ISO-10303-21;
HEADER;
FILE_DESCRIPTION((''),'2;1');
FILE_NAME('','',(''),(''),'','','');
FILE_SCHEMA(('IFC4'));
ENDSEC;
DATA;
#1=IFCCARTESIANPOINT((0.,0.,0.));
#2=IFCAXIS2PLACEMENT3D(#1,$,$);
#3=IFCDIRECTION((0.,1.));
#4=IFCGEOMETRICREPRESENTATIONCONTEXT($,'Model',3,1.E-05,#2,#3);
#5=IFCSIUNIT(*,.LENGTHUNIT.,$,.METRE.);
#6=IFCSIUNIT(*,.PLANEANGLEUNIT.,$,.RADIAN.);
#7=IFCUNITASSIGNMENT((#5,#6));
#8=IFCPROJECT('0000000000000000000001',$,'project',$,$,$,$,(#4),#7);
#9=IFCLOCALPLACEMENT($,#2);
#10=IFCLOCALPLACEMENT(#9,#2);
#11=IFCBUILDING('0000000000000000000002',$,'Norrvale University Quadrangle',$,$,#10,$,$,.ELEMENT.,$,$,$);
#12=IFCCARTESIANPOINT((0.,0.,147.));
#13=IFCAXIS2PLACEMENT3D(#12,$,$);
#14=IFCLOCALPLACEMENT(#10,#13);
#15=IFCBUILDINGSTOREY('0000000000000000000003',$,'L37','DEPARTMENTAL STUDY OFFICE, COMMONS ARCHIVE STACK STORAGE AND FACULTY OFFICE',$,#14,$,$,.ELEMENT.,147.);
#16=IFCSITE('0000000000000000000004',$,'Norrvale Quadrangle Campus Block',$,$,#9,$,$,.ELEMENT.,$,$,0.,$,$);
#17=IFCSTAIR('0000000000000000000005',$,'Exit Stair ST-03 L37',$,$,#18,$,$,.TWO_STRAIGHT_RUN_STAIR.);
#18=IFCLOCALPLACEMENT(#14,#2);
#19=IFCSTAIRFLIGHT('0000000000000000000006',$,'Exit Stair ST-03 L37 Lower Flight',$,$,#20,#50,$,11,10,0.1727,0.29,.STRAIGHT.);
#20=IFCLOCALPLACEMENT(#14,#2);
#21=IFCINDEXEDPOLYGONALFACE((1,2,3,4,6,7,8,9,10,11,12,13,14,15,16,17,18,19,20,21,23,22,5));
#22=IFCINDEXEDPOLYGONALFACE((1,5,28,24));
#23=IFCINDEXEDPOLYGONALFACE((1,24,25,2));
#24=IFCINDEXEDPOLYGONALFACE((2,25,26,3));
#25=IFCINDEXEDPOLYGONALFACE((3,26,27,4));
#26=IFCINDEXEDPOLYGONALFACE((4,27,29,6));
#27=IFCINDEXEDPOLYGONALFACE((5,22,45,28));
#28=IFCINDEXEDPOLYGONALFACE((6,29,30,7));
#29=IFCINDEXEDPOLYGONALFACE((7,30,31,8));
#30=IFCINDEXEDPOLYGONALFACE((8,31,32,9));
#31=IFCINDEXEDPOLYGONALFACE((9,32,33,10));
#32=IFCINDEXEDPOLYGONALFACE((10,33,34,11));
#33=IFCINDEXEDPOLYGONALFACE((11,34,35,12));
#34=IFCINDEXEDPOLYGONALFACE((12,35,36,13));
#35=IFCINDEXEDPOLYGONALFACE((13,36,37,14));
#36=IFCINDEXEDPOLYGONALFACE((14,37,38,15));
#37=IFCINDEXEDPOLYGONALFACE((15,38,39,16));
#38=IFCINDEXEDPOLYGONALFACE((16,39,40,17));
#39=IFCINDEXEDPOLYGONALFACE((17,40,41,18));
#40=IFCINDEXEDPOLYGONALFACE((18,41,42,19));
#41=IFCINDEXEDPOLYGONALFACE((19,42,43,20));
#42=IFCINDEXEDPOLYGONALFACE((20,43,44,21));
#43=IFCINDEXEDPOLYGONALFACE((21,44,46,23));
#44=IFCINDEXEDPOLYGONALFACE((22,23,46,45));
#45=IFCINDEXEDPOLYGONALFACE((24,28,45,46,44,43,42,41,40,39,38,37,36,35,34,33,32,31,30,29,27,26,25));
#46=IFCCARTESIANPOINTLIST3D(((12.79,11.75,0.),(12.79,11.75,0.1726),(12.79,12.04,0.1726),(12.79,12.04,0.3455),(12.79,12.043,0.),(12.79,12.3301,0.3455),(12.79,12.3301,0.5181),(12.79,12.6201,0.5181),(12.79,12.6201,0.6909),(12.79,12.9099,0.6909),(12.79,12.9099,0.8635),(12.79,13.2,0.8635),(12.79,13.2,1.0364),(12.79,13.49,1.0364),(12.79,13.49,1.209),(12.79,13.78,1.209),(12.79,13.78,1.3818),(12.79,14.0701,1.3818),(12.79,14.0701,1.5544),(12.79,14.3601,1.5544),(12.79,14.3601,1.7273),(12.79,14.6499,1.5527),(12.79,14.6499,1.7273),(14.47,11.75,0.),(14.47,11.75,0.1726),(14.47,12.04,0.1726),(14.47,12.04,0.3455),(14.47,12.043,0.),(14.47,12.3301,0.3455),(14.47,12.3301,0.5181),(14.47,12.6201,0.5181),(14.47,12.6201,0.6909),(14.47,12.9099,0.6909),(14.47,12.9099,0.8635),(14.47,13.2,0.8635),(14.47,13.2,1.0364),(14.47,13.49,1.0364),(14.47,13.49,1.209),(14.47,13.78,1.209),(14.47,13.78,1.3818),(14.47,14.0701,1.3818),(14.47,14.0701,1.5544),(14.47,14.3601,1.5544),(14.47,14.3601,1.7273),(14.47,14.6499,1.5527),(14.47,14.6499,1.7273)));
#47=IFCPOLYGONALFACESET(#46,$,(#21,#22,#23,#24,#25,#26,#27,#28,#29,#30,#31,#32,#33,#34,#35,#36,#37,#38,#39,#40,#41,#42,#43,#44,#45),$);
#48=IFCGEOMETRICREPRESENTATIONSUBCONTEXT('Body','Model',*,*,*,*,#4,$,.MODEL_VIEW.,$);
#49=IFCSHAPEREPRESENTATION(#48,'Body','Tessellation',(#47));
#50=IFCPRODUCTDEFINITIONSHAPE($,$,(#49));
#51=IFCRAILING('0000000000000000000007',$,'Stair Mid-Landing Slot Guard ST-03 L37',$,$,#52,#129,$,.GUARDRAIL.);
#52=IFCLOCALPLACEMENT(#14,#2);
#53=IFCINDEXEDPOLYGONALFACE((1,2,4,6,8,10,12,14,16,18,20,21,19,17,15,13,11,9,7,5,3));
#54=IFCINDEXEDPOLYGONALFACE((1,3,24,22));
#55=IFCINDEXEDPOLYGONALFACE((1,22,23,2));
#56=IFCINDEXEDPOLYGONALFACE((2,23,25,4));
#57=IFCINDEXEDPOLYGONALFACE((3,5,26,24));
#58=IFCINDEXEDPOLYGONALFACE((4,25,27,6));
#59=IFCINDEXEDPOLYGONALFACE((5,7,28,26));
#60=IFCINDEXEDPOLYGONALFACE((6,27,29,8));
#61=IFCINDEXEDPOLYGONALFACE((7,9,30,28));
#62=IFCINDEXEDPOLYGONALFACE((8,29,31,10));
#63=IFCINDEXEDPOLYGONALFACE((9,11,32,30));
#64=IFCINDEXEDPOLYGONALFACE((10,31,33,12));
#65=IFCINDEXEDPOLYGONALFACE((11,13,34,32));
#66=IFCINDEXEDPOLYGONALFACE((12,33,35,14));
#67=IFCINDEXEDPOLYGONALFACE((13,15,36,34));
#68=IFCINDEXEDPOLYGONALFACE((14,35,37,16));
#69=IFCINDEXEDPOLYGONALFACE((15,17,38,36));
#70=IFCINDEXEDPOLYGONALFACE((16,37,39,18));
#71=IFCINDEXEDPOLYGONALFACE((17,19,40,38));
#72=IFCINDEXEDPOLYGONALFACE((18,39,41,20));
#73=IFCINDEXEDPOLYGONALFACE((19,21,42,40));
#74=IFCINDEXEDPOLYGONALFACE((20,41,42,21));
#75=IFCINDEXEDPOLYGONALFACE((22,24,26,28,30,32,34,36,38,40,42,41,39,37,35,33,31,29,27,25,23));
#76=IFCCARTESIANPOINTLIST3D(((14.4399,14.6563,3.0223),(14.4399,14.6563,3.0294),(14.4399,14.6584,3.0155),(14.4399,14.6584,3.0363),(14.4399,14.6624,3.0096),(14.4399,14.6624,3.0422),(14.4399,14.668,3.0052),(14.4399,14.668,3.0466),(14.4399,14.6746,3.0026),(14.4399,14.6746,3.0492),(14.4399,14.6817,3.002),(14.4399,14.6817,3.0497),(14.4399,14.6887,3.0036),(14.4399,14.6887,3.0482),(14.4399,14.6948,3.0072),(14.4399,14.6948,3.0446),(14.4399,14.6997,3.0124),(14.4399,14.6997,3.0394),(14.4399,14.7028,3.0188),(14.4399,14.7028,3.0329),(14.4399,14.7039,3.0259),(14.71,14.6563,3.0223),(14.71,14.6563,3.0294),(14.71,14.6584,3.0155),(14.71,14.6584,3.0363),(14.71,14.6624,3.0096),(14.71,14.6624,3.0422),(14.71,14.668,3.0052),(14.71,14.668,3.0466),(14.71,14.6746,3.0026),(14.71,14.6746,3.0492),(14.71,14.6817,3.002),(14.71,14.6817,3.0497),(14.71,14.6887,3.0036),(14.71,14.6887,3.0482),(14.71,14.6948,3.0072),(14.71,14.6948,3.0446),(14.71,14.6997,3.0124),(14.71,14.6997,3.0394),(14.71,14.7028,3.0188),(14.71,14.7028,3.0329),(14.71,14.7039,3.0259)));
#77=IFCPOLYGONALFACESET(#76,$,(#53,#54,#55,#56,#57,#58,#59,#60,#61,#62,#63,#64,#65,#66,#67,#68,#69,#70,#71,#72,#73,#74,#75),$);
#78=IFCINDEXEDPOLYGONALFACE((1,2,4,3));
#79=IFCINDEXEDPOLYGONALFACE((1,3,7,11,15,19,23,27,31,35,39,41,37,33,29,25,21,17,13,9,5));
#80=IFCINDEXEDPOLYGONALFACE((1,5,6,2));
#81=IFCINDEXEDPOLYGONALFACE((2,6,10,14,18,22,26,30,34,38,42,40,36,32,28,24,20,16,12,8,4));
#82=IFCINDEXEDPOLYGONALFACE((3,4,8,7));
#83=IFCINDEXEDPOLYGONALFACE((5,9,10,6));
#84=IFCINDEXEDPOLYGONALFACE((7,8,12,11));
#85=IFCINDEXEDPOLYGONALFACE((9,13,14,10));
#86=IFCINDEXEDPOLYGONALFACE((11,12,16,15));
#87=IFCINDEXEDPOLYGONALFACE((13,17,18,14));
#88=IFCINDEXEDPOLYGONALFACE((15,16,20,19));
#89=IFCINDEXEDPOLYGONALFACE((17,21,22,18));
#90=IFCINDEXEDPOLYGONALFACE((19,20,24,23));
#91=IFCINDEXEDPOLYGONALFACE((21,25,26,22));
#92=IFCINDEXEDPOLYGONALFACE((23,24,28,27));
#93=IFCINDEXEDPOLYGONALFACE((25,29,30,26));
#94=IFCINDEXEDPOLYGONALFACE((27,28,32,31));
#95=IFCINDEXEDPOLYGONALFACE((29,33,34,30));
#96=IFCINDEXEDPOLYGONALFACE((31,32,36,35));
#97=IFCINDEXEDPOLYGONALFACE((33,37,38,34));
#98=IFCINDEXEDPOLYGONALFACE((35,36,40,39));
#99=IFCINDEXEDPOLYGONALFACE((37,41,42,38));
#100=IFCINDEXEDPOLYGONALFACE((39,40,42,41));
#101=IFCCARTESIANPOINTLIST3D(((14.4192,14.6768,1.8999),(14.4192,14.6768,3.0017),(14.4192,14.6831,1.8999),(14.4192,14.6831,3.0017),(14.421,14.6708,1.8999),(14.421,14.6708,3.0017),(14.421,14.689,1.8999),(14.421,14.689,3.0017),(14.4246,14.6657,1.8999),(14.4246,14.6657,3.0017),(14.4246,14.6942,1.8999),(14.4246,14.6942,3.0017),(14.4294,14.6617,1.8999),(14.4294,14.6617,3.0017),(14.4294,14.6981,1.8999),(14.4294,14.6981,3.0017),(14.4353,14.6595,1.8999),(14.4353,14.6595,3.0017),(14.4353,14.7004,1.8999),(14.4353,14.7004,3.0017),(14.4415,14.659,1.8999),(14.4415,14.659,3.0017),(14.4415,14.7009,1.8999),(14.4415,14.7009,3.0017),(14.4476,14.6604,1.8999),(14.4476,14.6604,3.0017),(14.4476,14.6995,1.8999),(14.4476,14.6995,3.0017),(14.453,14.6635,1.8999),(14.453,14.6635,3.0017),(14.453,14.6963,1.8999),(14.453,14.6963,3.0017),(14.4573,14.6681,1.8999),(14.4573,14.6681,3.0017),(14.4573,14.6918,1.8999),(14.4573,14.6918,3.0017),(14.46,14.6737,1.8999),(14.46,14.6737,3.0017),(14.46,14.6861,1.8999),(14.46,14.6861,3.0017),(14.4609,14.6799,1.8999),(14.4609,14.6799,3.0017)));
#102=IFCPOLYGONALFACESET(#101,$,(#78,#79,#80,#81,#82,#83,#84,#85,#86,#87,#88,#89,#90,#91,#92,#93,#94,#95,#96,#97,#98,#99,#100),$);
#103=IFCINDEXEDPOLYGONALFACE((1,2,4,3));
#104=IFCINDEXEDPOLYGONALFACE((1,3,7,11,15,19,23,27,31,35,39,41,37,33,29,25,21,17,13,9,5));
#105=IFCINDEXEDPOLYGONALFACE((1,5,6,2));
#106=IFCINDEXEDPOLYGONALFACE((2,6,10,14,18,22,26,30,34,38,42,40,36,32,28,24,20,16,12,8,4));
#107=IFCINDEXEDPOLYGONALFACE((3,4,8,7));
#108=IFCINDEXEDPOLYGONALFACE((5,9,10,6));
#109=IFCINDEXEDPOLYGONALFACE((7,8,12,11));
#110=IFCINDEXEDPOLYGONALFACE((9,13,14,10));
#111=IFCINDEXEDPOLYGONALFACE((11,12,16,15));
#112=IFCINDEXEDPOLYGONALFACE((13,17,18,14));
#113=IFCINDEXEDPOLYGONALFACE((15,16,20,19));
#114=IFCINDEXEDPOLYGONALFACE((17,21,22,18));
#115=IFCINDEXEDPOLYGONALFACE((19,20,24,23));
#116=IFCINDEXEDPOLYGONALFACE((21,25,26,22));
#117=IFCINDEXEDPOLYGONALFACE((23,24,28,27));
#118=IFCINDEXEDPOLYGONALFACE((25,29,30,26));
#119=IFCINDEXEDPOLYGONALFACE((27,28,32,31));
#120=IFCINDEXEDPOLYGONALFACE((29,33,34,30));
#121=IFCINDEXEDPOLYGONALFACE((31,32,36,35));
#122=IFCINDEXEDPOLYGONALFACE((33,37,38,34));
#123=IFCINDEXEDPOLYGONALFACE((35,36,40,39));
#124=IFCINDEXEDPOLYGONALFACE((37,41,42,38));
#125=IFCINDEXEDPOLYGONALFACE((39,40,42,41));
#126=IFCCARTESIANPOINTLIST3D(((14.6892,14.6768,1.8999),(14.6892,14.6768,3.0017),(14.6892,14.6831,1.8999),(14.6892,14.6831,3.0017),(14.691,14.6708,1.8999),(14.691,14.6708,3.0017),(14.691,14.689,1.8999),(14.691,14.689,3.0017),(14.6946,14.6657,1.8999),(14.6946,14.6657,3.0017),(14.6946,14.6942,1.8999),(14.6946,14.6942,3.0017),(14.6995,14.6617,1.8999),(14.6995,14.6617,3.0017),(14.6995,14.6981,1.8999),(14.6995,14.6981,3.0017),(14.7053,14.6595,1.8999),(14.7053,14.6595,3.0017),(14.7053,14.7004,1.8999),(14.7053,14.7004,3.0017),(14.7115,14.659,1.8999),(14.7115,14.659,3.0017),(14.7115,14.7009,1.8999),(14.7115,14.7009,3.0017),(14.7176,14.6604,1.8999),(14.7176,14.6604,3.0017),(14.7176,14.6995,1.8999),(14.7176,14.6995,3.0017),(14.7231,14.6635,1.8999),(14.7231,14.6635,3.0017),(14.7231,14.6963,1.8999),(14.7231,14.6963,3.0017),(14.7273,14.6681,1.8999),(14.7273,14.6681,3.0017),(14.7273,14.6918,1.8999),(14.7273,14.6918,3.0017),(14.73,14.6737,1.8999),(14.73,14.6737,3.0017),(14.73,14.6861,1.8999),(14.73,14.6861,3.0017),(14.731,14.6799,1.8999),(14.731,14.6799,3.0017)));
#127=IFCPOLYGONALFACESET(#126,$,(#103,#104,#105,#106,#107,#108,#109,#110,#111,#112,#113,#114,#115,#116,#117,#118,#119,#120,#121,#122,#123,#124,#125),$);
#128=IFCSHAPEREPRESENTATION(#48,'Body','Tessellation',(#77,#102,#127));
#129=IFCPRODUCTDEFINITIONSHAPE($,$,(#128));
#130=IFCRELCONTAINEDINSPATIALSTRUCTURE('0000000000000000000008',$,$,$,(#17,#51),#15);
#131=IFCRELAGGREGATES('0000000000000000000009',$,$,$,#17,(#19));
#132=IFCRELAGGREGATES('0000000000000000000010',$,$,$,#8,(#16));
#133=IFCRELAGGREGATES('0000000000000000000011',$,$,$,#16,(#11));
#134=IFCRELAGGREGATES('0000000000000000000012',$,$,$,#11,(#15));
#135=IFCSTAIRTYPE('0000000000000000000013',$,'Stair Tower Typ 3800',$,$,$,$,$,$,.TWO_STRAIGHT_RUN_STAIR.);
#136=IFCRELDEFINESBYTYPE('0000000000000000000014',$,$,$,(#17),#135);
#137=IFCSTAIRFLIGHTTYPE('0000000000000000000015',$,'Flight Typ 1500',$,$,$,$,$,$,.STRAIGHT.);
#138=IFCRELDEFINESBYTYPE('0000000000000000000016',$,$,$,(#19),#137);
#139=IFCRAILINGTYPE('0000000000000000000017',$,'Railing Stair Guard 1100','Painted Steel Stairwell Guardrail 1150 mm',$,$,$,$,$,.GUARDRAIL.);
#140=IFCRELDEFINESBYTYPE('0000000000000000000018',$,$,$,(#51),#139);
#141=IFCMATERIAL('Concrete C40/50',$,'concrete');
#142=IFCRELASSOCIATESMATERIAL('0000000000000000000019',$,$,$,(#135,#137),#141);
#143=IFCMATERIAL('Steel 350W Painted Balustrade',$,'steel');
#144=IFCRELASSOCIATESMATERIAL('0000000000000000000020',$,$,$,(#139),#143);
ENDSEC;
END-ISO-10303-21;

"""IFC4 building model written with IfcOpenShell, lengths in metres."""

from ifc_helpers import new_model, si_unit, direction, frame, origin, origin_2d, place, context, subcontext, project, spatial, polyline, circle, outline, extrude, material, type_object, element, aggregate, save


model = new_model("IFC4")

# Units and contexts
model_context = context("Model", 3, precision=1e-05, world=origin(), true_north=direction((0.0, 1.0)))
body_context = subcontext(model_context, "Body", "Model", "MODEL_VIEW")
ifc_project = project(units=[si_unit("LENGTHUNIT", "METRE"), si_unit("PLANEANGLEUNIT", "RADIAN")], contexts=[model_context])

# Site, building, storey
site_placement = place(None, origin())
site = spatial("IfcSite", under=ifc_project, at=site_placement, Name="Norrvale Quadrangle Campus Block", CompositionType="ELEMENT", RefElevation=0.0)
building_placement = place(site_placement, origin())
building = spatial("IfcBuilding", under=site, at=building_placement, Name="Norrvale University Quadrangle", CompositionType="ELEMENT")
storey_placement = place(building_placement, frame((0.0, 0.0, 147.0)))
storey = spatial("IfcBuildingStorey", under=building, at=storey_placement, Name="L37", Description="DEPARTMENTAL STUDY OFFICE, COMMONS ARCHIVE STACK STORAGE AND FACULTY OFFICE", CompositionType="ELEMENT", Elevation=147.0)

# Stair, stair flight
ifc_material_1 = material(Name="Concrete C40/50", Category="concrete")
stair_type = type_object("IfcStairType", Name="Stair Tower Typ 3800", PredefinedType="TWO_STRAIGHT_RUN_STAIR", material=ifc_material_1)
stair_placement = place(storey_placement, origin())
stair = element("IfcStair", 1, at=stair_placement, inside=storey, type_object=stair_type, Name="Exit Stair ST-03 L37", PredefinedType="TWO_STRAIGHT_RUN_STAIR")
stair_flight_type = type_object("IfcStairFlightType", Name="Flight Typ 1500", PredefinedType="STRAIGHT", material=ifc_material_1)
stair_flight_placement = place(storey_placement, frame((13.6299, 11.75, 0.0), z_axis=(0.0, 0.0, 1.0), x_axis=(0.0, 1.0, 0.0)))
stair_flight = element("IfcStairFlight", 2, at=stair_flight_placement, type_object=stair_flight_type, Name="Exit Stair ST-03 L37 Lower Flight", NumberOfRisers=11, NumberOfTreads=10, PredefinedType="STRAIGHT", RiserHeight=0.1727, TreadLength=0.29, context=body_context, shape_type="SweptSolid", body=[
    extrude(outline(polyline([(0.0, 0.0), (0.0, 0.1726), (0.29, 0.1726), (0.29, 0.3455), (0.5801, 0.3455), (0.5801, 0.5181), (0.8701, 0.5181), (0.8701, 0.6909), (1.1599, 0.6909), (1.1599, 0.8635), (1.45, 0.8635), (1.45, 1.0364), (1.74, 1.0364), (1.74, 1.209), (2.03, 1.209), (2.03, 1.3818), (2.3201, 1.3818), (2.3201, 1.5544), (2.6101, 1.5544), (2.6101, 1.7273), (2.8999, 1.7273), (2.8999, 1.8999), (2.8999, 1.5527), (0.293, 0.0), (0.0, 0.0)])), frame((0.0, 0.8398, 0.0), z_axis=(0.0, -1.0, 0.0), x_axis=(1.0, 0.0, 0.0)), (0.0, 0.0, 1.0), 1.6799),
])
aggregate(stair, [stair_flight])

# Railing
ifc_material_2 = material(Name="Steel 350W Painted Balustrade", Category="steel")
railing_type_1 = type_object("IfcRailingType", Name="Railing Stair Guard 1100", Description="Painted Steel Stairwell Guardrail 1150 mm", PredefinedType="GUARDRAIL", material=ifc_material_2)
railing_1_placement = place(storey_placement, frame((14.4399, 14.6799, 1.8999)))
element("IfcRailing", 3, at=railing_1_placement, inside=storey, type_object=railing_type_1, Name="Stair Mid-Landing Slot Guard ST-03 L37", PredefinedType="GUARDRAIL", context=body_context, shape_type="SweptSolid", body=[
    extrude(circle(Radius=0.0239, at=origin_2d()), frame((0.0, 0.0, 1.126), z_axis=(1.0, 0.0, 0.0), x_axis=(0.0, 1.0, 0.0)), (0.0, 0.0, 1.0), 0.27),
    extrude(circle(Radius=0.021, at=origin_2d()), origin(), (0.0, 0.0, 1.0), 1.1018),
    extrude(circle(Radius=0.021, at=origin_2d()), frame((0.27, 0.0, 0.0)), (0.0, 0.0, 1.0), 1.1018),
])

save(model, "model.ifc")
